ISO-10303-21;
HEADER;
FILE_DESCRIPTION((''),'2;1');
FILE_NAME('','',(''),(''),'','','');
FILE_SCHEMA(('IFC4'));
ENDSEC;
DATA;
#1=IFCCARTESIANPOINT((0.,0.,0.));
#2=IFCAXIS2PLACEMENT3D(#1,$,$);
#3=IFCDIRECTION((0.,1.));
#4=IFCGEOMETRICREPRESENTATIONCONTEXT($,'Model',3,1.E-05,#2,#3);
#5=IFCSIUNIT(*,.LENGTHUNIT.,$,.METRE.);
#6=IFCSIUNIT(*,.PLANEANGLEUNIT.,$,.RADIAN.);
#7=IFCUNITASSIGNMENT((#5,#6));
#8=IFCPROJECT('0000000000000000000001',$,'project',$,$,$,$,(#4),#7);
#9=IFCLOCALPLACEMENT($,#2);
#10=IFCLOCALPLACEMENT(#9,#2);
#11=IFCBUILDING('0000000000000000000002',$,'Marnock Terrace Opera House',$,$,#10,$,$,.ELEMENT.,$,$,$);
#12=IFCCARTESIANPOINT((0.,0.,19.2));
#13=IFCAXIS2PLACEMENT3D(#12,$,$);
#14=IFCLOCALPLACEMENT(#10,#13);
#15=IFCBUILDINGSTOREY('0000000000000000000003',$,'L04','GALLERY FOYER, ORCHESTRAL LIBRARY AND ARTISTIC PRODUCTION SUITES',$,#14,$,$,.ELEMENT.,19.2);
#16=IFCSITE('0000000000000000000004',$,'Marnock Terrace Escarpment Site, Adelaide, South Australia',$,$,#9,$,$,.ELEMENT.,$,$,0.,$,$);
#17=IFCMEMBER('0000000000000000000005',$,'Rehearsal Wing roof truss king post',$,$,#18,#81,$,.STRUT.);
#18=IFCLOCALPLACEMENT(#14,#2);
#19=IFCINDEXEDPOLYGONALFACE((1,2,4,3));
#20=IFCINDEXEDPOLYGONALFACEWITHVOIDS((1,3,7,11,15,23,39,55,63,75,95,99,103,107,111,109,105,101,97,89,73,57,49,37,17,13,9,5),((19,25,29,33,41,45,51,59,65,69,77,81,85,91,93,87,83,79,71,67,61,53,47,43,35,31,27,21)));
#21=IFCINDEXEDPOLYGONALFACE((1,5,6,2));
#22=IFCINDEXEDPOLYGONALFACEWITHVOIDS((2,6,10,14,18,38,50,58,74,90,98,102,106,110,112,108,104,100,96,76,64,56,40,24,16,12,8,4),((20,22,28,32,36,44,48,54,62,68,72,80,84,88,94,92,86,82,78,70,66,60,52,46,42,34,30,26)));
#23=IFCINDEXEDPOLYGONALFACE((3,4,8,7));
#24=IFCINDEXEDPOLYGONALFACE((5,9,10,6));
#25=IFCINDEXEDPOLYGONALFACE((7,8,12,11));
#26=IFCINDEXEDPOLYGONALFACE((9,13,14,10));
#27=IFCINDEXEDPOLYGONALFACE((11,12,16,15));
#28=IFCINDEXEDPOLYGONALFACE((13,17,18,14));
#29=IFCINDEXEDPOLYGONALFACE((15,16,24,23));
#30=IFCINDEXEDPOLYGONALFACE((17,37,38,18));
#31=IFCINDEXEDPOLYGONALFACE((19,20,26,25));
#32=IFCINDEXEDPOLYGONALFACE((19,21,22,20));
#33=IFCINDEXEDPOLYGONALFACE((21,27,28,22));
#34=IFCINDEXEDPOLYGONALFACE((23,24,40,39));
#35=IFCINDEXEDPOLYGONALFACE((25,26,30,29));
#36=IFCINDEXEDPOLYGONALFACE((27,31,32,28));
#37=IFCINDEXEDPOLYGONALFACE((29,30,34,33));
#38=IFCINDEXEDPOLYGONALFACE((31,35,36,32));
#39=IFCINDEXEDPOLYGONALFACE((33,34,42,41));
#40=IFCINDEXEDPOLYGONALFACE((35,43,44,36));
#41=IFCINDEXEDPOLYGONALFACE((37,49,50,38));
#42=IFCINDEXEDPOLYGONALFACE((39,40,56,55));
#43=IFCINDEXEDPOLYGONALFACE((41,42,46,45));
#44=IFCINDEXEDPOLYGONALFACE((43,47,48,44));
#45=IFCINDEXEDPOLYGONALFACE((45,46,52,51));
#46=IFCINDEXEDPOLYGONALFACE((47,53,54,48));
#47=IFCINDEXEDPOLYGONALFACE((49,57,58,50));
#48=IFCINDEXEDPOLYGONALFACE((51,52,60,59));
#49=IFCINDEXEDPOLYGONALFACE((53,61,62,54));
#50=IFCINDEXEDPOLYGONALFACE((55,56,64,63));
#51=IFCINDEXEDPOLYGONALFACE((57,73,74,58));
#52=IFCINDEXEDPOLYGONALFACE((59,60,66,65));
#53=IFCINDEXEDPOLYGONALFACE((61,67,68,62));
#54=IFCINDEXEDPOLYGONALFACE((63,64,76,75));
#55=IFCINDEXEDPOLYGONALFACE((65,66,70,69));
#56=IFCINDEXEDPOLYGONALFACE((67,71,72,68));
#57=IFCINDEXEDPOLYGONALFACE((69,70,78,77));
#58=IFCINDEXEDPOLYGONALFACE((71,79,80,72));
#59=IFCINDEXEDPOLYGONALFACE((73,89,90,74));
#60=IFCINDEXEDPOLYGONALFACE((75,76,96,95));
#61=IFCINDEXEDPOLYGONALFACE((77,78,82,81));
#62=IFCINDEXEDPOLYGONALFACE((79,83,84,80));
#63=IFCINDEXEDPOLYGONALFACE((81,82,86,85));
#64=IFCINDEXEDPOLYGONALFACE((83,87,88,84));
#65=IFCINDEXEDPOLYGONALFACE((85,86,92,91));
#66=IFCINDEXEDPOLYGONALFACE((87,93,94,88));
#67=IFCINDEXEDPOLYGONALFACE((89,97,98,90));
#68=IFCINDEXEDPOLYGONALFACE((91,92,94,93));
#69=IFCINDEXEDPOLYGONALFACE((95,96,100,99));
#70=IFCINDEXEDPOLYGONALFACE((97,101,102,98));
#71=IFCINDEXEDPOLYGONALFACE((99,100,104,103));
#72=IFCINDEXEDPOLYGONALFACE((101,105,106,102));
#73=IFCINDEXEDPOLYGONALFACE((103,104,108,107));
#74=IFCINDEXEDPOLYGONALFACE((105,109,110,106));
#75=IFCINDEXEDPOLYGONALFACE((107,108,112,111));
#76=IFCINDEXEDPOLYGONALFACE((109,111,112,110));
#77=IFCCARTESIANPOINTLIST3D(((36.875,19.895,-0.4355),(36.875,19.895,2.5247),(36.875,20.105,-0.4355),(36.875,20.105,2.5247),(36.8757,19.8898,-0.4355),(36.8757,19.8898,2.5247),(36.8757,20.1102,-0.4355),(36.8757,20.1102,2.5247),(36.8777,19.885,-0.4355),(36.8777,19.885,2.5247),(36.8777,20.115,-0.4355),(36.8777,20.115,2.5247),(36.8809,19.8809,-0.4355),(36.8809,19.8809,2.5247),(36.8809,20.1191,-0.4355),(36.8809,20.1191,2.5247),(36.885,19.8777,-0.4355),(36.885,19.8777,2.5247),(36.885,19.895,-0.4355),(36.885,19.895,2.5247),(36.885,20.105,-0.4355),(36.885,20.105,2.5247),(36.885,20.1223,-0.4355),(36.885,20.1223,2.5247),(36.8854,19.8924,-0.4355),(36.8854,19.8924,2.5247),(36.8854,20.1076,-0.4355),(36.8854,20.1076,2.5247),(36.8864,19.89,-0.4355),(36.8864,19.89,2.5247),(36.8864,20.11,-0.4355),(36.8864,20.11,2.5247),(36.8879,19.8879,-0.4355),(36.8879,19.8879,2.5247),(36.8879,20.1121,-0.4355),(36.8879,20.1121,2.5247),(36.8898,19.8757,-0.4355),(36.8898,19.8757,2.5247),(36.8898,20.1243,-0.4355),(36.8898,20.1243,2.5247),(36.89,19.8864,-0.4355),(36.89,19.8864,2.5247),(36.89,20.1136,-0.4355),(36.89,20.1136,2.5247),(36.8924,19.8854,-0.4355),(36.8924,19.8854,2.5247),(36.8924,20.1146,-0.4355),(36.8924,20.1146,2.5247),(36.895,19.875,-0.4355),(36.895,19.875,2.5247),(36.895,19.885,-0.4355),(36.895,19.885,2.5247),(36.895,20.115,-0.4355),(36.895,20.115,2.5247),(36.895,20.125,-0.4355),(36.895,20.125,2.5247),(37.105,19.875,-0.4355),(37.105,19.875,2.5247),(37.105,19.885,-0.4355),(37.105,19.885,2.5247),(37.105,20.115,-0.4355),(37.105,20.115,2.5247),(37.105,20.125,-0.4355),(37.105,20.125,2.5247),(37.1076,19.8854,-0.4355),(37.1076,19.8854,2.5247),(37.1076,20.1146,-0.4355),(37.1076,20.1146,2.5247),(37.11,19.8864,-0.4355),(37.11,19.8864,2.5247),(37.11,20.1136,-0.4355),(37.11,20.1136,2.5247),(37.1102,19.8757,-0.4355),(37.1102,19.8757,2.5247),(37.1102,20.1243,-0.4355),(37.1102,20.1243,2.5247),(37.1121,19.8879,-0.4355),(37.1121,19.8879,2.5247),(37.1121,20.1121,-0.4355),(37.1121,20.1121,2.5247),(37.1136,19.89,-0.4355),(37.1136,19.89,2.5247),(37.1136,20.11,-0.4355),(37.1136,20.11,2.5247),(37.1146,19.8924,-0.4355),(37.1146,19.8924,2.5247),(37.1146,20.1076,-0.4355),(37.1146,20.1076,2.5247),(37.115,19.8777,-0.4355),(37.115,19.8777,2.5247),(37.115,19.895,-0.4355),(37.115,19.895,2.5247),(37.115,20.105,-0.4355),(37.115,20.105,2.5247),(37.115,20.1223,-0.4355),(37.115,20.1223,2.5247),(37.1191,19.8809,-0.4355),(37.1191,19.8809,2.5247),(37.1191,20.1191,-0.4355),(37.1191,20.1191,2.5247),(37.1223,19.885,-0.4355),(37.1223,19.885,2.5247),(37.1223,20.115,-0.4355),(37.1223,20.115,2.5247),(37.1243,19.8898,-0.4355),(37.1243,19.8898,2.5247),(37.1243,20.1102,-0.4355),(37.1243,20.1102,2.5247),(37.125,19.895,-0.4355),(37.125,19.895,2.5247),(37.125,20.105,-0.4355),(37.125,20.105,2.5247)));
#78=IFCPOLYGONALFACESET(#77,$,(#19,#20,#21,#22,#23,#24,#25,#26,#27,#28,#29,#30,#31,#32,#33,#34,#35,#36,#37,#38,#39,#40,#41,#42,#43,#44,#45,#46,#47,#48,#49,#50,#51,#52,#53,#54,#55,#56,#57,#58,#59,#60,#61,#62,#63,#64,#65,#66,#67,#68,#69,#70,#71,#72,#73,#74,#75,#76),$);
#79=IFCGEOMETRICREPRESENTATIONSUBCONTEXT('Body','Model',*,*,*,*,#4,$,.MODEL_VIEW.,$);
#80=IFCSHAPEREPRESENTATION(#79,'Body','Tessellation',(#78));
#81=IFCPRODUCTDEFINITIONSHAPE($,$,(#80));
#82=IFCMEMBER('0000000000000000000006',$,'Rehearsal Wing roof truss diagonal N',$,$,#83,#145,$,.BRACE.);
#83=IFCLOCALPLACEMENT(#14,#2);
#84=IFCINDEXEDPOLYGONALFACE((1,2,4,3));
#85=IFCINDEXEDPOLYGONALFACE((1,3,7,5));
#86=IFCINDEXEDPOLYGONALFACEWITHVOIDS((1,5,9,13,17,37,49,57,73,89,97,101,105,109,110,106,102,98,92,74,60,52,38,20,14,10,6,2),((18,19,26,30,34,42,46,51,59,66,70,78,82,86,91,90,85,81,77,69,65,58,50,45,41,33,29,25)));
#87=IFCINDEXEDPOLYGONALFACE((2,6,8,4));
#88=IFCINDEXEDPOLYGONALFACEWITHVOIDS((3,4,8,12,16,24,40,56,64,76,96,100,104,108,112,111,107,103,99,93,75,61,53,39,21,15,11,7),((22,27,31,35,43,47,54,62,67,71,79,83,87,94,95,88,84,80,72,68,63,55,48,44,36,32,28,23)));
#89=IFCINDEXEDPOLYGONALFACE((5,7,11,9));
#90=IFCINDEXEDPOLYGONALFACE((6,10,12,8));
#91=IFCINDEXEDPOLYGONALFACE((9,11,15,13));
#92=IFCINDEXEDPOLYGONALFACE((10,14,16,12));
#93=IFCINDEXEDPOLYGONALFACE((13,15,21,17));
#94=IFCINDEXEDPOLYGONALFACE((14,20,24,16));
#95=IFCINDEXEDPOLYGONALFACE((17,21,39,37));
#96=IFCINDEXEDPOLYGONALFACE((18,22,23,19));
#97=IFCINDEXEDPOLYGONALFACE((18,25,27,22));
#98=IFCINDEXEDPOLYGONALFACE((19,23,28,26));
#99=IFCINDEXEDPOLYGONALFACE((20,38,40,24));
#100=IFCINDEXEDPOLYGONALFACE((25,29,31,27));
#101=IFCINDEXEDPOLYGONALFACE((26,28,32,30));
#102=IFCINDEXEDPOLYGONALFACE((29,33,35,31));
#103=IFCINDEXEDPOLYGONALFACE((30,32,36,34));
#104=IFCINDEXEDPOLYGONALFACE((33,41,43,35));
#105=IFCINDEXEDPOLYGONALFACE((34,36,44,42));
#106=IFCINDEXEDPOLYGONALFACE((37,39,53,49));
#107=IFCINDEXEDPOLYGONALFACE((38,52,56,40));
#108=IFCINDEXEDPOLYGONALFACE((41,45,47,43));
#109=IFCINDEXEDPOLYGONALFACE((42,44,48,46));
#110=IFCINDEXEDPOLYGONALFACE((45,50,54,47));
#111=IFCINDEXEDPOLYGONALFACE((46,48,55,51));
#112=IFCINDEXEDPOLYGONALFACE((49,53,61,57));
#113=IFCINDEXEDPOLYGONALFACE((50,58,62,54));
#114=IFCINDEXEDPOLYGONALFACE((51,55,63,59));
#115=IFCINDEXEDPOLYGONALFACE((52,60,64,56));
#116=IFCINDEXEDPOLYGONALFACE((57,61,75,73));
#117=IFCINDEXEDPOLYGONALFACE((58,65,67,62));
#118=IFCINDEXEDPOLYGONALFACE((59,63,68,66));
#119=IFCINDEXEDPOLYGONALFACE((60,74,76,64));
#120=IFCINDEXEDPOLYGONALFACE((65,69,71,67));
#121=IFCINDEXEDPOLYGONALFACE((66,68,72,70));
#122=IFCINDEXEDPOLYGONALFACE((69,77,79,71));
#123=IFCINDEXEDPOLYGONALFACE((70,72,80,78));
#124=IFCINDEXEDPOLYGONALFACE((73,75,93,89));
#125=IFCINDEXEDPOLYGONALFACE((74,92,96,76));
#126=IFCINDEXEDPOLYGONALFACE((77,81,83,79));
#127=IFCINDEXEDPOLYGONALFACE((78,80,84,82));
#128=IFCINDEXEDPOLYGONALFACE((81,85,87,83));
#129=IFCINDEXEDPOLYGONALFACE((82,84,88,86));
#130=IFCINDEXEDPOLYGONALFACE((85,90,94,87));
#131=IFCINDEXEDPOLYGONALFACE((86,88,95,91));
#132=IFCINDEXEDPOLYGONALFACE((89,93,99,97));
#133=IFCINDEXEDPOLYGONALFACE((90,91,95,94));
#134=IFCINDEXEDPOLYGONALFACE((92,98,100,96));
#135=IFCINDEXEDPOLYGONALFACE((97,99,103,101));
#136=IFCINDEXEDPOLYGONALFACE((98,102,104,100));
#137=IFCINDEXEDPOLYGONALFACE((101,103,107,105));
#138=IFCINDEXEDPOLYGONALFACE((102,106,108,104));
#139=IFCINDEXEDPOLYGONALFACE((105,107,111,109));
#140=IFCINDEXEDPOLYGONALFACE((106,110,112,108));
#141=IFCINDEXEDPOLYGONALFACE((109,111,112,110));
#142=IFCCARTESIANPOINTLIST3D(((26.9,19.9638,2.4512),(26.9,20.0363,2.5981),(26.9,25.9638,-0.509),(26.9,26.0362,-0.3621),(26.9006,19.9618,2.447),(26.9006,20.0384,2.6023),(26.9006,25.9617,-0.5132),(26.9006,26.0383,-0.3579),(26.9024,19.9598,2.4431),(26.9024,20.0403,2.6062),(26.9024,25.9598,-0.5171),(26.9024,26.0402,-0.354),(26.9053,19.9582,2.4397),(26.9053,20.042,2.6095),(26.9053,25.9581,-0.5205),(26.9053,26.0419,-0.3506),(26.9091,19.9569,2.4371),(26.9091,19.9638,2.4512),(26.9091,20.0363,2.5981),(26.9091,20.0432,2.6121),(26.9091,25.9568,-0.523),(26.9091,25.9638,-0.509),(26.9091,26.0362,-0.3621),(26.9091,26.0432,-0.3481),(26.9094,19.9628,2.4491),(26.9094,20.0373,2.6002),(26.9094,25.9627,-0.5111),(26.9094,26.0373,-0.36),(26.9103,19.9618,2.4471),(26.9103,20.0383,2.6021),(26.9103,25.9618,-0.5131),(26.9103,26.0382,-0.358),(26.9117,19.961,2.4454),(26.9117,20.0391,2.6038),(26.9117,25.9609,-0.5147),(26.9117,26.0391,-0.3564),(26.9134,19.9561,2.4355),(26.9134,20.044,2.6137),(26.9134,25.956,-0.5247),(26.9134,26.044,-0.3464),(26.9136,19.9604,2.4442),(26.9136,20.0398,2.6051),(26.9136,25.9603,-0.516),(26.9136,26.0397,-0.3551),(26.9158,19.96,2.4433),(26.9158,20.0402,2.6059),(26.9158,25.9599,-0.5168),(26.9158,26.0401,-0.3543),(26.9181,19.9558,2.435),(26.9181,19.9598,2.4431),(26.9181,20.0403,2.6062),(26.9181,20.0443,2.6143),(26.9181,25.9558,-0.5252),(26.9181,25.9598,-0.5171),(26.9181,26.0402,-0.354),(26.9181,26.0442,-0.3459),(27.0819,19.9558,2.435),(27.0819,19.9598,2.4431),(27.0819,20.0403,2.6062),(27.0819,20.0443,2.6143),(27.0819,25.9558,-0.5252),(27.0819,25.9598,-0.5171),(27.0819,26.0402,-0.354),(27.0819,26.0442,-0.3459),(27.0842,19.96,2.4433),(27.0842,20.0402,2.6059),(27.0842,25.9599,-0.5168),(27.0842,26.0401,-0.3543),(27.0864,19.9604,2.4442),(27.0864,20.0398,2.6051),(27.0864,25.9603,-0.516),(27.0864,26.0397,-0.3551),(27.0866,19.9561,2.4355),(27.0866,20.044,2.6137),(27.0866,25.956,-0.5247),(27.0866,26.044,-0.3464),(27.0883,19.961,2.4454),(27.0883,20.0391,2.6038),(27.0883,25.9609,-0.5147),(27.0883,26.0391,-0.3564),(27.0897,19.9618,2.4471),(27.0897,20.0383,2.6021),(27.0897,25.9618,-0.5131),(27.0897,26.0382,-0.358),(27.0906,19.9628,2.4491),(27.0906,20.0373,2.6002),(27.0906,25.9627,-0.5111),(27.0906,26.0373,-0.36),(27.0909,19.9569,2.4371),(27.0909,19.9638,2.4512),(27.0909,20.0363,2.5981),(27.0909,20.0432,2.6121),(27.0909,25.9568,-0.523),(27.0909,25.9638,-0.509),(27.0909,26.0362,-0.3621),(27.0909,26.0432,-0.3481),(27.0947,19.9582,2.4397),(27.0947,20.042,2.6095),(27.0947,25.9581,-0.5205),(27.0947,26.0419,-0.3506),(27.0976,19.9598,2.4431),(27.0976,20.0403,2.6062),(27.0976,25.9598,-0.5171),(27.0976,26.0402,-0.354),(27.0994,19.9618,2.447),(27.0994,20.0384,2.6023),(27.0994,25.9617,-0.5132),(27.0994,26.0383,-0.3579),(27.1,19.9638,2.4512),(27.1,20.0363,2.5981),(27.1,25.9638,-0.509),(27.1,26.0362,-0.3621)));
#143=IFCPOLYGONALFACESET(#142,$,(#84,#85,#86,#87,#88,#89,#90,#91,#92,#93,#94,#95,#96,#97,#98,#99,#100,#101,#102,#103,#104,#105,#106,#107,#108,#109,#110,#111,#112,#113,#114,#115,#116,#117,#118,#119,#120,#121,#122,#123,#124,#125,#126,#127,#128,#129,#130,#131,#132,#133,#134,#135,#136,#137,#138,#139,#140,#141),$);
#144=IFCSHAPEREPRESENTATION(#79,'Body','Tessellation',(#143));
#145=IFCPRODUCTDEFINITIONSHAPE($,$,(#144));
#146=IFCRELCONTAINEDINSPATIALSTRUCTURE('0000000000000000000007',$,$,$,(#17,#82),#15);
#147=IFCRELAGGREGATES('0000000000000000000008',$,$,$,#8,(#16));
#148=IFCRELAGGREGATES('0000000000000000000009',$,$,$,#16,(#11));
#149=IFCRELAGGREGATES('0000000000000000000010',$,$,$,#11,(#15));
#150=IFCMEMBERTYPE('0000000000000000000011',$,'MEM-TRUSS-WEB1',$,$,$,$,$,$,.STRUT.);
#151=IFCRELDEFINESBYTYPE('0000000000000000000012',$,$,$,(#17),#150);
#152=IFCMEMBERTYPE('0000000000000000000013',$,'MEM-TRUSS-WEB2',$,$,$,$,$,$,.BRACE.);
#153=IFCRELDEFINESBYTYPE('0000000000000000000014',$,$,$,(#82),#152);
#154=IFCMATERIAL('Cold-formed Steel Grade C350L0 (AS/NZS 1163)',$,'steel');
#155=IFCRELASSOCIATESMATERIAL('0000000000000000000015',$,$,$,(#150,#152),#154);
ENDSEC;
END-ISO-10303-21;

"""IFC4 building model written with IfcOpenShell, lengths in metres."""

from ifc_helpers import new_model, si_unit, direction, frame, origin, origin_2d, place, context, subcontext, project, spatial, hollow_rectangle, extrude, material, material_profile, profile_set, type_object, element, save


model = new_model("IFC4")

# Units and contexts
model_context = context("Model", 3, precision=1e-05, world=origin(), true_north=direction((0.0, 1.0)))
body_context = subcontext(model_context, "Body", "Model", "MODEL_VIEW")
ifc_project = project(units=[si_unit("LENGTHUNIT", "METRE"), si_unit("PLANEANGLEUNIT", "RADIAN")], contexts=[model_context])

# Site, building, storey
site_placement = place(None, origin())
site = spatial("IfcSite", under=ifc_project, at=site_placement, Name="Marnock Terrace Escarpment Site, Adelaide, South Australia", CompositionType="ELEMENT", RefElevation=0.0)
building_placement = place(site_placement, origin())
building = spatial("IfcBuilding", under=site, at=building_placement, Name="Marnock Terrace Opera House", CompositionType="ELEMENT")
storey_placement = place(building_placement, frame((0.0, 0.0, 19.2)))
storey = spatial("IfcBuildingStorey", under=building, at=storey_placement, Name="L04", Description="GALLERY FOYER, ORCHESTRAL LIBRARY AND ARTISTIC PRODUCTION SUITES", CompositionType="ELEMENT", Elevation=19.2)

# Members
ifc_material_1 = material(Name="Cold-formed Steel Grade C350L0 (AS/NZS 1163)", Category="steel")
ifc_material_profile_1 = material_profile(ifc_material_1, hollow_rectangle(XDim=0.25, YDim=0.25, WallThickness=0.01, InnerFilletRadius=0.01, OuterFilletRadius=0.02, at=origin_2d()))
ifc_profile_set_1 = profile_set([ifc_material_profile_1], Name="Cold-formed Steel Grade C350L0 (AS/NZS 1163)")
member_type_1 = type_object("IfcMemberType", Name="MEM-TRUSS-WEB1", PredefinedType="STRUT", material=ifc_profile_set_1)
member_1_placement = place(storey_placement, frame((37.0, 20.0, -0.4355), z_axis=(0.0, 0.0, 1.0), x_axis=(1.0, 0.0, 0.0)))
element("IfcMember", 1, at=member_1_placement, inside=storey, type_object=member_type_1, Name="Rehearsal Wing roof truss king post", PredefinedType="STRUT", context=body_context, shape_type="SweptSolid", body=[
    extrude(hollow_rectangle(XDim=0.25, YDim=0.25, WallThickness=0.01, InnerFilletRadius=0.01, OuterFilletRadius=0.02, at=origin_2d()), origin(), (0.0, 0.0, 1.0), 2.9602),
])
ifc_material_profile_2 = material_profile(ifc_material_1, hollow_rectangle(XDim=0.2, YDim=0.2, WallThickness=0.009, InnerFilletRadius=0.009, OuterFilletRadius=0.0181, at=origin_2d()))
ifc_profile_set_2 = profile_set([ifc_material_profile_2], Name="Cold-formed Steel Grade C350L0 (AS/NZS 1163)")
member_type_2 = type_object("IfcMemberType", Name="MEM-TRUSS-WEB2", PredefinedType="BRACE", material=ifc_profile_set_2)
for number, where, z_axis, x_axis, name in (
    (2, (27.0, 26.0, -0.4355), (0.0, -0.896794, 0.442449), (1.0, 0.0, 0.0), "Rehearsal Wing roof truss diagonal N"),
):
    element("IfcMember", number, at=place(storey_placement, frame(where, z_axis=z_axis, x_axis=x_axis)), inside=storey, type_object=member_type_2, Name=name, PredefinedType="BRACE", context=body_context, shape_type="SweptSolid", body=[
        extrude(hollow_rectangle(XDim=0.2, YDim=0.2, WallThickness=0.009, InnerFilletRadius=0.009, OuterFilletRadius=0.0181, at=origin_2d()), origin(), (0.0, 0.0, 1.0), 6.6904),
    ])

save(model, "model.ifc")
